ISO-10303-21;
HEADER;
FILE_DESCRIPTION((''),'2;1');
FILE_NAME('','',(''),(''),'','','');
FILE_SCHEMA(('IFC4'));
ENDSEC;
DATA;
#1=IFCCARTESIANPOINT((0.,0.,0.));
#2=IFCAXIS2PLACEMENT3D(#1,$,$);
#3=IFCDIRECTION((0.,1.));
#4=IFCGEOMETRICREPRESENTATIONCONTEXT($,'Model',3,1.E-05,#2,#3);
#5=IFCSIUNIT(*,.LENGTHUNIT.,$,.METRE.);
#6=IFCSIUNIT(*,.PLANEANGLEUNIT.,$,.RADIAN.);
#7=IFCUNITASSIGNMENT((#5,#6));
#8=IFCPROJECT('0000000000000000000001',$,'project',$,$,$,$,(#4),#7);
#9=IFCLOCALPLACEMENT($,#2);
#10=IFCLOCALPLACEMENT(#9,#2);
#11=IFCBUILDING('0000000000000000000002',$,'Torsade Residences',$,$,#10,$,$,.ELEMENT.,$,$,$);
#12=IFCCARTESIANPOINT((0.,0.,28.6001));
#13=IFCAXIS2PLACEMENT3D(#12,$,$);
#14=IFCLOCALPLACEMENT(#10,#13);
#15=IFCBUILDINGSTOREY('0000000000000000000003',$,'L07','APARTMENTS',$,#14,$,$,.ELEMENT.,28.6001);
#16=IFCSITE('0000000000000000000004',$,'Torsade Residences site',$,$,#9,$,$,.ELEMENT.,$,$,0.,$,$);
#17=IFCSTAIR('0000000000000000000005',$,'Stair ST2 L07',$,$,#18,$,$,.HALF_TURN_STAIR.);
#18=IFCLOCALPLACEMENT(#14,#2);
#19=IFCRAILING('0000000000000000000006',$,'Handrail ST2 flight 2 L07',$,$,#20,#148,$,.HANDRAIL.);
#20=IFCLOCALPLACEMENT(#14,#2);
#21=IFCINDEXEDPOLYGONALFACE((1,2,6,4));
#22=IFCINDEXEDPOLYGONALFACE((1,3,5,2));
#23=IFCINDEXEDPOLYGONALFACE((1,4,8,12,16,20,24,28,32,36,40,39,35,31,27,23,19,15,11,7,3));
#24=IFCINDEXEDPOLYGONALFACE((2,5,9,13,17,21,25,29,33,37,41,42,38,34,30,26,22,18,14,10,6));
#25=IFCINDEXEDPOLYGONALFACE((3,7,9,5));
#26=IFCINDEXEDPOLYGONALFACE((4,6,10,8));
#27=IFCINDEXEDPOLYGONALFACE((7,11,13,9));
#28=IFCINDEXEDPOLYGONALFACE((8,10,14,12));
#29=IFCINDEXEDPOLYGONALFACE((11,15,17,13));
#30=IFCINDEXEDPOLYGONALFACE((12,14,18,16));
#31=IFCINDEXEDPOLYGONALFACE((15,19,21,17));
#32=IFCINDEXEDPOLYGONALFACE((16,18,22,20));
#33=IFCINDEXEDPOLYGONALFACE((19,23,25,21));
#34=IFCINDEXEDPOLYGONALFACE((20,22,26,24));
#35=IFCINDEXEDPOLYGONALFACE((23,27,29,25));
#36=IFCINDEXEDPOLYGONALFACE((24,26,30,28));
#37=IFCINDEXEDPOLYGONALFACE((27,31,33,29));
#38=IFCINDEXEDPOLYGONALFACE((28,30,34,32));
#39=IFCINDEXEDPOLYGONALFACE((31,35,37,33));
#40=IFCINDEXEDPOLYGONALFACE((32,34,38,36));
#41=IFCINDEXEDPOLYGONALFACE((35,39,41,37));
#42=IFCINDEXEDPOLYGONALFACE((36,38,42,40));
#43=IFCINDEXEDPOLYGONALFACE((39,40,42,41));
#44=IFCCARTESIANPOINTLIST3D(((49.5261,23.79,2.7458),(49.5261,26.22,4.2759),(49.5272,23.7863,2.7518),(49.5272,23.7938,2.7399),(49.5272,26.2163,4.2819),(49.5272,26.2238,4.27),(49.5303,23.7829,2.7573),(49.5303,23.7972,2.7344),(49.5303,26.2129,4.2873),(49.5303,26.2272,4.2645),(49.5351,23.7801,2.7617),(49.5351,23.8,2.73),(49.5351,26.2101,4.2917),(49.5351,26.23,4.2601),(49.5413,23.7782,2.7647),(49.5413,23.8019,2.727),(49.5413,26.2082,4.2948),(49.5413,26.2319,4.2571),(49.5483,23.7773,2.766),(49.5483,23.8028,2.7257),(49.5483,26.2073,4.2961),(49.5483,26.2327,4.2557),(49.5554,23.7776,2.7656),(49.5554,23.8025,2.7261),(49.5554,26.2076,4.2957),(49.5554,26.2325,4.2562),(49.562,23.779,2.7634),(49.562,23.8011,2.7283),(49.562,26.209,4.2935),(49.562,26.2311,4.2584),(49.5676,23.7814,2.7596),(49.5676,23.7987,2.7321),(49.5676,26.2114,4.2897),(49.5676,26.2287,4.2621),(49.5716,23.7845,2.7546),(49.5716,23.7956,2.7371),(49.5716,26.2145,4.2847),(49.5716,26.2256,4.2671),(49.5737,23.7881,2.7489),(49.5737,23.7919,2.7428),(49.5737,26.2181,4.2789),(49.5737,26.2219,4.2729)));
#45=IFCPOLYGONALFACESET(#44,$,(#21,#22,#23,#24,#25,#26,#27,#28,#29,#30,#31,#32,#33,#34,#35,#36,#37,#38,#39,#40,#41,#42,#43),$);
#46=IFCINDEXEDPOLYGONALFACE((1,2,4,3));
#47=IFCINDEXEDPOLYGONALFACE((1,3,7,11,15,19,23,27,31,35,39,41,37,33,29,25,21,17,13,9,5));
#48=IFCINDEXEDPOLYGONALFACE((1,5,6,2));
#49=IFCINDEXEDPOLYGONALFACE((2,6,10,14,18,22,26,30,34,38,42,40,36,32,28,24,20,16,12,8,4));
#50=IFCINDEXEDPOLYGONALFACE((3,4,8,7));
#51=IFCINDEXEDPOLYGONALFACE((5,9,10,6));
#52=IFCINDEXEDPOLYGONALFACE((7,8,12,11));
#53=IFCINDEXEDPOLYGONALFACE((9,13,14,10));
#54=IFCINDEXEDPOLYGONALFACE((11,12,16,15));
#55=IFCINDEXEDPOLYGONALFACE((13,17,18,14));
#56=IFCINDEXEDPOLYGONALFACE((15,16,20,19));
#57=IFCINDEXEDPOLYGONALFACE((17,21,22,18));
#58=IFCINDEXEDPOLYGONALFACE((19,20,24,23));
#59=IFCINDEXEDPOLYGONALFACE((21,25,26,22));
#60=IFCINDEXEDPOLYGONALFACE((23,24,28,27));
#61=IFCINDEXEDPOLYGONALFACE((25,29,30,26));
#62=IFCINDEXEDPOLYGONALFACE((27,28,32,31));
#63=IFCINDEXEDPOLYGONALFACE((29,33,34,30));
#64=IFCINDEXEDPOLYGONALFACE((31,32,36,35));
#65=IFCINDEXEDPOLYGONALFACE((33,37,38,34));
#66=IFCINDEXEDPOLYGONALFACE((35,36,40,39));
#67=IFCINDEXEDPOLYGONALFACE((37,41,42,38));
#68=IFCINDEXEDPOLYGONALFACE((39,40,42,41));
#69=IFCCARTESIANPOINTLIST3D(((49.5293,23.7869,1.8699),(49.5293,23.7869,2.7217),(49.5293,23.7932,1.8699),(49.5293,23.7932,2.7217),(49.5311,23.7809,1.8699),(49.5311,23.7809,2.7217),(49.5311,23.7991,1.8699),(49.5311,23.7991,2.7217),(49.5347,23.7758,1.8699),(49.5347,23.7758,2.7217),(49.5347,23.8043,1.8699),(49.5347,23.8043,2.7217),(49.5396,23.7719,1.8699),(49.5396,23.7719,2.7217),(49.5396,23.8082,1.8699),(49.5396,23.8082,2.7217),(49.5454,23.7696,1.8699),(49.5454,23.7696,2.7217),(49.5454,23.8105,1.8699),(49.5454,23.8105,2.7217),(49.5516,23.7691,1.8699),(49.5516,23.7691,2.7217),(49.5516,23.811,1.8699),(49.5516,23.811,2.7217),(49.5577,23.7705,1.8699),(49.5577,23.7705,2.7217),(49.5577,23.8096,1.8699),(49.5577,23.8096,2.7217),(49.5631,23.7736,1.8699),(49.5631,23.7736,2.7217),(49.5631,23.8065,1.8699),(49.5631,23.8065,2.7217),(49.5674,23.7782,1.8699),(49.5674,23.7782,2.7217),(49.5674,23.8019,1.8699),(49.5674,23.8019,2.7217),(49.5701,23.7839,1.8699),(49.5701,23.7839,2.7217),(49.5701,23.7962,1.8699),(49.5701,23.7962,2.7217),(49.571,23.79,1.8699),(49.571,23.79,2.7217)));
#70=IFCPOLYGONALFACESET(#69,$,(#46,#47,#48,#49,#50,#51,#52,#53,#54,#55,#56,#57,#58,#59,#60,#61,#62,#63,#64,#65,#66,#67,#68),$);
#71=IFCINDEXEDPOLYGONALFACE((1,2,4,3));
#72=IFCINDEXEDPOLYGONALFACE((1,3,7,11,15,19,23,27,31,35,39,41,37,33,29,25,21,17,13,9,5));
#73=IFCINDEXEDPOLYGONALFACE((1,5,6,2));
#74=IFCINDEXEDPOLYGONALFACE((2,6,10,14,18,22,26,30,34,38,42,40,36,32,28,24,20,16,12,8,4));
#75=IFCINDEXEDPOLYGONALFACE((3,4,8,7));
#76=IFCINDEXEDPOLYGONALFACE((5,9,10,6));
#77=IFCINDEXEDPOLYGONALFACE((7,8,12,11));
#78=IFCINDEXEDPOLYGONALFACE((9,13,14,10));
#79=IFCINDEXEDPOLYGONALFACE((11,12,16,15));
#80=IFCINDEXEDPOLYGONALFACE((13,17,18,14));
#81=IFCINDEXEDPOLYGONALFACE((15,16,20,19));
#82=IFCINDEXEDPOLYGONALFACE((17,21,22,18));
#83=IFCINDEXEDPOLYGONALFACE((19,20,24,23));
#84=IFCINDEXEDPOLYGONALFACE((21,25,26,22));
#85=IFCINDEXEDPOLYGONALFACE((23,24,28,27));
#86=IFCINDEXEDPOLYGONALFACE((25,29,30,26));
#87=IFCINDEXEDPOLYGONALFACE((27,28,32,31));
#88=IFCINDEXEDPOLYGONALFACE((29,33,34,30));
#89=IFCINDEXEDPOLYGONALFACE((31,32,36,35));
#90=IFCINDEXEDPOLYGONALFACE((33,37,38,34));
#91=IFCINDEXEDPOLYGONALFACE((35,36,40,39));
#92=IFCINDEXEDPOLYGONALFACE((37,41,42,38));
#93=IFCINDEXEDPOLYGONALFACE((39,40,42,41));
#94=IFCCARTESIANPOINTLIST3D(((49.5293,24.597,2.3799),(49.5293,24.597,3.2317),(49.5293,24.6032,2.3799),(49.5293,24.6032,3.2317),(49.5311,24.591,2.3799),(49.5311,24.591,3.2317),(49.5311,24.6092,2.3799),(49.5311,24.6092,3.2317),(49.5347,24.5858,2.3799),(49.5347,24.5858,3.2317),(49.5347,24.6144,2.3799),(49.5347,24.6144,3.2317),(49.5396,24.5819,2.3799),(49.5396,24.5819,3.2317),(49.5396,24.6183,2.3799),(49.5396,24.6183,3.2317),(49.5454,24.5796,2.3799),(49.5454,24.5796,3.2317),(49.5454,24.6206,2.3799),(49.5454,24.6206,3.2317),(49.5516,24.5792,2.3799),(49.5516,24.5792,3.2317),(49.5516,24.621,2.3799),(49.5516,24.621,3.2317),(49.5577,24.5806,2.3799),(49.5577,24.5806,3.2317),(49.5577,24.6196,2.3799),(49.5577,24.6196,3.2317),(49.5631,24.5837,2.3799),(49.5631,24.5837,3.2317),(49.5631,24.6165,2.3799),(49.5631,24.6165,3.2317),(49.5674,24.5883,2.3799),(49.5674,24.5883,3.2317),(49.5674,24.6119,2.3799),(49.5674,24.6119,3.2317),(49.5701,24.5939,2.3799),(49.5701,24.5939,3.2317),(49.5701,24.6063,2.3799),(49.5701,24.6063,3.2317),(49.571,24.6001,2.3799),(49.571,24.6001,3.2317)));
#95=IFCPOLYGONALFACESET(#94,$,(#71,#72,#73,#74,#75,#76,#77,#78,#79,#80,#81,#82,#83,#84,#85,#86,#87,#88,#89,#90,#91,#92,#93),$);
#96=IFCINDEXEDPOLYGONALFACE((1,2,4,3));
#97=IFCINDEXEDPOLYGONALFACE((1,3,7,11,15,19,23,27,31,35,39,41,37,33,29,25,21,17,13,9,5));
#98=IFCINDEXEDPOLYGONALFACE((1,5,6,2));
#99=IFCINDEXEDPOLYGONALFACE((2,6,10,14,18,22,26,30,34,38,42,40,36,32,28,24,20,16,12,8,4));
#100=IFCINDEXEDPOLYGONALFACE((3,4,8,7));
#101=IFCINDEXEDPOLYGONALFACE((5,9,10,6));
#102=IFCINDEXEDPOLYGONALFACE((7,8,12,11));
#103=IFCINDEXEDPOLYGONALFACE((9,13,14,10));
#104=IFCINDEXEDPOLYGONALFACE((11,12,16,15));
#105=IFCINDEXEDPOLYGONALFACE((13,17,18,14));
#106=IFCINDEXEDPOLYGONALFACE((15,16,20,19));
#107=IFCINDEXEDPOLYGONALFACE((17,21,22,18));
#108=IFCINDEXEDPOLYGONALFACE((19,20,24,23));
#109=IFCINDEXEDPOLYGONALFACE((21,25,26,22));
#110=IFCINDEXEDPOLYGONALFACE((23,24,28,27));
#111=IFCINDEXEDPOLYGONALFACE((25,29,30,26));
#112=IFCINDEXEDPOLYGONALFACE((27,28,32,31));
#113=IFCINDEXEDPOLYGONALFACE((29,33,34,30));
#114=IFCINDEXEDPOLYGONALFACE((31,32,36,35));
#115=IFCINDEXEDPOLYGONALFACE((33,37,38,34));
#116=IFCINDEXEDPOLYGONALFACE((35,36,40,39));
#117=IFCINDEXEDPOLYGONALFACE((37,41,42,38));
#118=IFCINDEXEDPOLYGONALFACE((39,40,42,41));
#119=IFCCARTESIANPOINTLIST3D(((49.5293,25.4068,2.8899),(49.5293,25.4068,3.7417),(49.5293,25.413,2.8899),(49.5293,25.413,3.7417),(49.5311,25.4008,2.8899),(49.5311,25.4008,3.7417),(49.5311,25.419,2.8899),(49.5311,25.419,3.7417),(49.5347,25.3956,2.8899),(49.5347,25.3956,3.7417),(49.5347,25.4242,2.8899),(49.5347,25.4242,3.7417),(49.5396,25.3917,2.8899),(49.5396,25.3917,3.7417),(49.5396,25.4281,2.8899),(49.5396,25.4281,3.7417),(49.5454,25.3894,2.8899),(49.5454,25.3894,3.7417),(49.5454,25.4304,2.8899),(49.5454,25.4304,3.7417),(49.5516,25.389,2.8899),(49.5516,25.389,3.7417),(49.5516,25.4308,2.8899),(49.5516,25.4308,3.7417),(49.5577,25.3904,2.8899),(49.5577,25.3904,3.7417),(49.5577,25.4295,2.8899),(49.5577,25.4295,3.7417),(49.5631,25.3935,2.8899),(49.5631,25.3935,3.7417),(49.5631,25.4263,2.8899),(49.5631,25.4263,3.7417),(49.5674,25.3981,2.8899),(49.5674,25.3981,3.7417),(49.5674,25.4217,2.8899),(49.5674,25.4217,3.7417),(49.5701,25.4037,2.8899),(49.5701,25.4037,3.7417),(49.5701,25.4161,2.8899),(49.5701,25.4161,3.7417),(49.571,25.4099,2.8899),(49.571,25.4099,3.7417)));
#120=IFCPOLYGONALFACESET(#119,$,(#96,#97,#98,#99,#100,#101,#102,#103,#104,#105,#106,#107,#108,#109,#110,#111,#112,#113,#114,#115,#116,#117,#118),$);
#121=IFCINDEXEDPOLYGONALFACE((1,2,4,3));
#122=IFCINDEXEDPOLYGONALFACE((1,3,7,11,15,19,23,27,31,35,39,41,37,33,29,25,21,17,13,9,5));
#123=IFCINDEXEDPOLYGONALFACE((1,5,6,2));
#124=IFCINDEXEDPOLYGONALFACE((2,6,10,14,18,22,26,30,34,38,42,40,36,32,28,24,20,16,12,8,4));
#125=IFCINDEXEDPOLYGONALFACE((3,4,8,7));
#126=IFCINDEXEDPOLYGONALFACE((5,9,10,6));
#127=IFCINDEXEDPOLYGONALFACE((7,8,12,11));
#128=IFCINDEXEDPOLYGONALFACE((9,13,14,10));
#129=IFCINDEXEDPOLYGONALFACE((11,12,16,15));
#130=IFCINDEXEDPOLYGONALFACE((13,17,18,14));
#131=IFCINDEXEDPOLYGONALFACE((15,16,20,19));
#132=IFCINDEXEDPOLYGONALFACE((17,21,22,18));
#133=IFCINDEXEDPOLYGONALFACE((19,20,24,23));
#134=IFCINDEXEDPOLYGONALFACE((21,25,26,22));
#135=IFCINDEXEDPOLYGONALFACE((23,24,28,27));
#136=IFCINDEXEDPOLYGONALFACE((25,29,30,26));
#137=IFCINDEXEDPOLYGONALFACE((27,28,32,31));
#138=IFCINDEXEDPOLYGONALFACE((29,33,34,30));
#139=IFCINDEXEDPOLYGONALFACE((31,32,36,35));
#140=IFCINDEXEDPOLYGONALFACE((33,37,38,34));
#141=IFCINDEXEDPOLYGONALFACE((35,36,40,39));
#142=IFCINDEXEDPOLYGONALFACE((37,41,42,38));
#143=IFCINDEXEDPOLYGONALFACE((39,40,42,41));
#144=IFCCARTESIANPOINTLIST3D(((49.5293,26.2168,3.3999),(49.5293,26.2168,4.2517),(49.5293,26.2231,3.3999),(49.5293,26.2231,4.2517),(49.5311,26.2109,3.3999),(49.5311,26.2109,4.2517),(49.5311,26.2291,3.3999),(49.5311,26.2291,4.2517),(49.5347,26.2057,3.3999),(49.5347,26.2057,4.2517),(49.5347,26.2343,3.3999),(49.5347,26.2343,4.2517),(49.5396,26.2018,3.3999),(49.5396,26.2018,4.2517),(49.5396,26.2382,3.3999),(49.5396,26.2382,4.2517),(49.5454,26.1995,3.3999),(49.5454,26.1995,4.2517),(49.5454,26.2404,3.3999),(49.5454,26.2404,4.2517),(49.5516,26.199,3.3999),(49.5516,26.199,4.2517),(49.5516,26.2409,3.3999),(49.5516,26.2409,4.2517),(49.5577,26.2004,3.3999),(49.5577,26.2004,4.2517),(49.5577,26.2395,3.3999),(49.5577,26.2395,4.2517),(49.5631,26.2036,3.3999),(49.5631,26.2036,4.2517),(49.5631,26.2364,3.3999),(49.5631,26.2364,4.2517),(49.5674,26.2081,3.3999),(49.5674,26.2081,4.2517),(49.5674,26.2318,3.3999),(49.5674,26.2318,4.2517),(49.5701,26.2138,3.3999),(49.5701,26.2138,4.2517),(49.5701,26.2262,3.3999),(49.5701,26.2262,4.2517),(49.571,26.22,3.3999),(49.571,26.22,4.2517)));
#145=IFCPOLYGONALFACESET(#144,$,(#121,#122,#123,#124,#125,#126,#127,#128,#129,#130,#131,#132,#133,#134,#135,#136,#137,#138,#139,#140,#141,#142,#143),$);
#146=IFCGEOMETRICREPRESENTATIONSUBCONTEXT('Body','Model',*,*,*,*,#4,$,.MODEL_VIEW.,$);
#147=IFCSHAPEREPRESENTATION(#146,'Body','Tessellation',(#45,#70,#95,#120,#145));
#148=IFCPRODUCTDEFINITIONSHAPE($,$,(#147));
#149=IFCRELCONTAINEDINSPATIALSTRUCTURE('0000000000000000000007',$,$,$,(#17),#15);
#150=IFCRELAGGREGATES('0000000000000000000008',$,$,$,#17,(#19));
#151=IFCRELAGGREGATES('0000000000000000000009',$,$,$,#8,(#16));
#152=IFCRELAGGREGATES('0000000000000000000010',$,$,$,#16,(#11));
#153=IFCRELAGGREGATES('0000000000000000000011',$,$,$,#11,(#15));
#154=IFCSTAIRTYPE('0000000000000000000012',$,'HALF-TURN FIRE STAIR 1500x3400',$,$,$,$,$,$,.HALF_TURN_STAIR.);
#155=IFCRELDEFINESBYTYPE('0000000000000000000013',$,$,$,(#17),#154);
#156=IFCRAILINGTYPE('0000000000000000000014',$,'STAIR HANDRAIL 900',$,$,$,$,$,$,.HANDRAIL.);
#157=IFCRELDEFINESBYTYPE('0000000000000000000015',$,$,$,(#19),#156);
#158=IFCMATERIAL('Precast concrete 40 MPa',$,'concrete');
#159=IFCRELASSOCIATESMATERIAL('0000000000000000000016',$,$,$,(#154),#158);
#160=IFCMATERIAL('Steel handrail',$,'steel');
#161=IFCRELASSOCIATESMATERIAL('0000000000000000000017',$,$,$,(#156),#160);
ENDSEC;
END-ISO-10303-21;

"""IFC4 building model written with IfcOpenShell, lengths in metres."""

from ifc_helpers import new_model, si_unit, direction, frame, origin, origin_2d, place, context, subcontext, project, spatial, circle, extrude, material, type_object, element, aggregate, save


model = new_model("IFC4")

# Units and contexts
model_context = context("Model", 3, precision=1e-05, world=origin(), true_north=direction((0.0, 1.0)))
body_context = subcontext(model_context, "Body", "Model", "MODEL_VIEW")
ifc_project = project(units=[si_unit("LENGTHUNIT", "METRE"), si_unit("PLANEANGLEUNIT", "RADIAN")], contexts=[model_context])

# Site, building, storey
site_placement = place(None, origin())
site = spatial("IfcSite", under=ifc_project, at=site_placement, Name="Torsade Residences site", CompositionType="ELEMENT", RefElevation=0.0)
building_placement = place(site_placement, origin())
building = spatial("IfcBuilding", under=site, at=building_placement, Name="Torsade Residences", CompositionType="ELEMENT")
storey_placement = place(building_placement, frame((0.0, 0.0, 28.6001)))
storey = spatial("IfcBuildingStorey", under=building, at=storey_placement, Name="L07", Description="APARTMENTS", CompositionType="ELEMENT", Elevation=28.6001)

# Stair, railing
ifc_material_1 = material(Name="Precast concrete 40 MPa", Category="concrete")
stair_type = type_object("IfcStairType", Name="HALF-TURN FIRE STAIR 1500x3400", PredefinedType="HALF_TURN_STAIR", material=ifc_material_1)
stair_placement = place(storey_placement, origin())
stair = element("IfcStair", 1, at=stair_placement, inside=storey, type_object=stair_type, Name="Stair ST2 L07", PredefinedType="HALF_TURN_STAIR")
ifc_material_2 = material(Name="Steel handrail", Category="steel")
railing_type = type_object("IfcRailingType", Name="STAIR HANDRAIL 900", PredefinedType="HANDRAIL", material=ifc_material_2)
railing_1_placement = place(storey_placement, frame((49.55, 23.79, 1.8699)))
railing_1 = element("IfcRailing", 2, at=railing_1_placement, type_object=railing_type, Name="Handrail ST2 flight 2 L07", PredefinedType="HANDRAIL", context=body_context, shape_type="SweptSolid", body=[
    extrude(circle(Radius=0.0239, at=origin_2d()), frame((0.0, 0.0, 0.876), z_axis=(0.0, 0.846221, 0.532831), x_axis=(-1.0, 0.0, 0.0)), (0.0, 0.0, 1.0), 2.8716),
    extrude(circle(Radius=0.021, at=origin_2d()), origin(), (0.0, 0.0, 1.0), 0.8518),
    extrude(circle(Radius=0.021, at=origin_2d()), frame((0.0, 0.8101, 0.51)), (0.0, 0.0, 1.0), 0.8518),
    extrude(circle(Radius=0.021, at=origin_2d()), frame((0.0, 1.6199, 1.02)), (0.0, 0.0, 1.0), 0.8518),
    extrude(circle(Radius=0.021, at=origin_2d()), frame((0.0, 2.4299, 1.53)), (0.0, 0.0, 1.0), 0.8518),
])
aggregate(stair, [railing_1])

save(model, "model.ifc")
